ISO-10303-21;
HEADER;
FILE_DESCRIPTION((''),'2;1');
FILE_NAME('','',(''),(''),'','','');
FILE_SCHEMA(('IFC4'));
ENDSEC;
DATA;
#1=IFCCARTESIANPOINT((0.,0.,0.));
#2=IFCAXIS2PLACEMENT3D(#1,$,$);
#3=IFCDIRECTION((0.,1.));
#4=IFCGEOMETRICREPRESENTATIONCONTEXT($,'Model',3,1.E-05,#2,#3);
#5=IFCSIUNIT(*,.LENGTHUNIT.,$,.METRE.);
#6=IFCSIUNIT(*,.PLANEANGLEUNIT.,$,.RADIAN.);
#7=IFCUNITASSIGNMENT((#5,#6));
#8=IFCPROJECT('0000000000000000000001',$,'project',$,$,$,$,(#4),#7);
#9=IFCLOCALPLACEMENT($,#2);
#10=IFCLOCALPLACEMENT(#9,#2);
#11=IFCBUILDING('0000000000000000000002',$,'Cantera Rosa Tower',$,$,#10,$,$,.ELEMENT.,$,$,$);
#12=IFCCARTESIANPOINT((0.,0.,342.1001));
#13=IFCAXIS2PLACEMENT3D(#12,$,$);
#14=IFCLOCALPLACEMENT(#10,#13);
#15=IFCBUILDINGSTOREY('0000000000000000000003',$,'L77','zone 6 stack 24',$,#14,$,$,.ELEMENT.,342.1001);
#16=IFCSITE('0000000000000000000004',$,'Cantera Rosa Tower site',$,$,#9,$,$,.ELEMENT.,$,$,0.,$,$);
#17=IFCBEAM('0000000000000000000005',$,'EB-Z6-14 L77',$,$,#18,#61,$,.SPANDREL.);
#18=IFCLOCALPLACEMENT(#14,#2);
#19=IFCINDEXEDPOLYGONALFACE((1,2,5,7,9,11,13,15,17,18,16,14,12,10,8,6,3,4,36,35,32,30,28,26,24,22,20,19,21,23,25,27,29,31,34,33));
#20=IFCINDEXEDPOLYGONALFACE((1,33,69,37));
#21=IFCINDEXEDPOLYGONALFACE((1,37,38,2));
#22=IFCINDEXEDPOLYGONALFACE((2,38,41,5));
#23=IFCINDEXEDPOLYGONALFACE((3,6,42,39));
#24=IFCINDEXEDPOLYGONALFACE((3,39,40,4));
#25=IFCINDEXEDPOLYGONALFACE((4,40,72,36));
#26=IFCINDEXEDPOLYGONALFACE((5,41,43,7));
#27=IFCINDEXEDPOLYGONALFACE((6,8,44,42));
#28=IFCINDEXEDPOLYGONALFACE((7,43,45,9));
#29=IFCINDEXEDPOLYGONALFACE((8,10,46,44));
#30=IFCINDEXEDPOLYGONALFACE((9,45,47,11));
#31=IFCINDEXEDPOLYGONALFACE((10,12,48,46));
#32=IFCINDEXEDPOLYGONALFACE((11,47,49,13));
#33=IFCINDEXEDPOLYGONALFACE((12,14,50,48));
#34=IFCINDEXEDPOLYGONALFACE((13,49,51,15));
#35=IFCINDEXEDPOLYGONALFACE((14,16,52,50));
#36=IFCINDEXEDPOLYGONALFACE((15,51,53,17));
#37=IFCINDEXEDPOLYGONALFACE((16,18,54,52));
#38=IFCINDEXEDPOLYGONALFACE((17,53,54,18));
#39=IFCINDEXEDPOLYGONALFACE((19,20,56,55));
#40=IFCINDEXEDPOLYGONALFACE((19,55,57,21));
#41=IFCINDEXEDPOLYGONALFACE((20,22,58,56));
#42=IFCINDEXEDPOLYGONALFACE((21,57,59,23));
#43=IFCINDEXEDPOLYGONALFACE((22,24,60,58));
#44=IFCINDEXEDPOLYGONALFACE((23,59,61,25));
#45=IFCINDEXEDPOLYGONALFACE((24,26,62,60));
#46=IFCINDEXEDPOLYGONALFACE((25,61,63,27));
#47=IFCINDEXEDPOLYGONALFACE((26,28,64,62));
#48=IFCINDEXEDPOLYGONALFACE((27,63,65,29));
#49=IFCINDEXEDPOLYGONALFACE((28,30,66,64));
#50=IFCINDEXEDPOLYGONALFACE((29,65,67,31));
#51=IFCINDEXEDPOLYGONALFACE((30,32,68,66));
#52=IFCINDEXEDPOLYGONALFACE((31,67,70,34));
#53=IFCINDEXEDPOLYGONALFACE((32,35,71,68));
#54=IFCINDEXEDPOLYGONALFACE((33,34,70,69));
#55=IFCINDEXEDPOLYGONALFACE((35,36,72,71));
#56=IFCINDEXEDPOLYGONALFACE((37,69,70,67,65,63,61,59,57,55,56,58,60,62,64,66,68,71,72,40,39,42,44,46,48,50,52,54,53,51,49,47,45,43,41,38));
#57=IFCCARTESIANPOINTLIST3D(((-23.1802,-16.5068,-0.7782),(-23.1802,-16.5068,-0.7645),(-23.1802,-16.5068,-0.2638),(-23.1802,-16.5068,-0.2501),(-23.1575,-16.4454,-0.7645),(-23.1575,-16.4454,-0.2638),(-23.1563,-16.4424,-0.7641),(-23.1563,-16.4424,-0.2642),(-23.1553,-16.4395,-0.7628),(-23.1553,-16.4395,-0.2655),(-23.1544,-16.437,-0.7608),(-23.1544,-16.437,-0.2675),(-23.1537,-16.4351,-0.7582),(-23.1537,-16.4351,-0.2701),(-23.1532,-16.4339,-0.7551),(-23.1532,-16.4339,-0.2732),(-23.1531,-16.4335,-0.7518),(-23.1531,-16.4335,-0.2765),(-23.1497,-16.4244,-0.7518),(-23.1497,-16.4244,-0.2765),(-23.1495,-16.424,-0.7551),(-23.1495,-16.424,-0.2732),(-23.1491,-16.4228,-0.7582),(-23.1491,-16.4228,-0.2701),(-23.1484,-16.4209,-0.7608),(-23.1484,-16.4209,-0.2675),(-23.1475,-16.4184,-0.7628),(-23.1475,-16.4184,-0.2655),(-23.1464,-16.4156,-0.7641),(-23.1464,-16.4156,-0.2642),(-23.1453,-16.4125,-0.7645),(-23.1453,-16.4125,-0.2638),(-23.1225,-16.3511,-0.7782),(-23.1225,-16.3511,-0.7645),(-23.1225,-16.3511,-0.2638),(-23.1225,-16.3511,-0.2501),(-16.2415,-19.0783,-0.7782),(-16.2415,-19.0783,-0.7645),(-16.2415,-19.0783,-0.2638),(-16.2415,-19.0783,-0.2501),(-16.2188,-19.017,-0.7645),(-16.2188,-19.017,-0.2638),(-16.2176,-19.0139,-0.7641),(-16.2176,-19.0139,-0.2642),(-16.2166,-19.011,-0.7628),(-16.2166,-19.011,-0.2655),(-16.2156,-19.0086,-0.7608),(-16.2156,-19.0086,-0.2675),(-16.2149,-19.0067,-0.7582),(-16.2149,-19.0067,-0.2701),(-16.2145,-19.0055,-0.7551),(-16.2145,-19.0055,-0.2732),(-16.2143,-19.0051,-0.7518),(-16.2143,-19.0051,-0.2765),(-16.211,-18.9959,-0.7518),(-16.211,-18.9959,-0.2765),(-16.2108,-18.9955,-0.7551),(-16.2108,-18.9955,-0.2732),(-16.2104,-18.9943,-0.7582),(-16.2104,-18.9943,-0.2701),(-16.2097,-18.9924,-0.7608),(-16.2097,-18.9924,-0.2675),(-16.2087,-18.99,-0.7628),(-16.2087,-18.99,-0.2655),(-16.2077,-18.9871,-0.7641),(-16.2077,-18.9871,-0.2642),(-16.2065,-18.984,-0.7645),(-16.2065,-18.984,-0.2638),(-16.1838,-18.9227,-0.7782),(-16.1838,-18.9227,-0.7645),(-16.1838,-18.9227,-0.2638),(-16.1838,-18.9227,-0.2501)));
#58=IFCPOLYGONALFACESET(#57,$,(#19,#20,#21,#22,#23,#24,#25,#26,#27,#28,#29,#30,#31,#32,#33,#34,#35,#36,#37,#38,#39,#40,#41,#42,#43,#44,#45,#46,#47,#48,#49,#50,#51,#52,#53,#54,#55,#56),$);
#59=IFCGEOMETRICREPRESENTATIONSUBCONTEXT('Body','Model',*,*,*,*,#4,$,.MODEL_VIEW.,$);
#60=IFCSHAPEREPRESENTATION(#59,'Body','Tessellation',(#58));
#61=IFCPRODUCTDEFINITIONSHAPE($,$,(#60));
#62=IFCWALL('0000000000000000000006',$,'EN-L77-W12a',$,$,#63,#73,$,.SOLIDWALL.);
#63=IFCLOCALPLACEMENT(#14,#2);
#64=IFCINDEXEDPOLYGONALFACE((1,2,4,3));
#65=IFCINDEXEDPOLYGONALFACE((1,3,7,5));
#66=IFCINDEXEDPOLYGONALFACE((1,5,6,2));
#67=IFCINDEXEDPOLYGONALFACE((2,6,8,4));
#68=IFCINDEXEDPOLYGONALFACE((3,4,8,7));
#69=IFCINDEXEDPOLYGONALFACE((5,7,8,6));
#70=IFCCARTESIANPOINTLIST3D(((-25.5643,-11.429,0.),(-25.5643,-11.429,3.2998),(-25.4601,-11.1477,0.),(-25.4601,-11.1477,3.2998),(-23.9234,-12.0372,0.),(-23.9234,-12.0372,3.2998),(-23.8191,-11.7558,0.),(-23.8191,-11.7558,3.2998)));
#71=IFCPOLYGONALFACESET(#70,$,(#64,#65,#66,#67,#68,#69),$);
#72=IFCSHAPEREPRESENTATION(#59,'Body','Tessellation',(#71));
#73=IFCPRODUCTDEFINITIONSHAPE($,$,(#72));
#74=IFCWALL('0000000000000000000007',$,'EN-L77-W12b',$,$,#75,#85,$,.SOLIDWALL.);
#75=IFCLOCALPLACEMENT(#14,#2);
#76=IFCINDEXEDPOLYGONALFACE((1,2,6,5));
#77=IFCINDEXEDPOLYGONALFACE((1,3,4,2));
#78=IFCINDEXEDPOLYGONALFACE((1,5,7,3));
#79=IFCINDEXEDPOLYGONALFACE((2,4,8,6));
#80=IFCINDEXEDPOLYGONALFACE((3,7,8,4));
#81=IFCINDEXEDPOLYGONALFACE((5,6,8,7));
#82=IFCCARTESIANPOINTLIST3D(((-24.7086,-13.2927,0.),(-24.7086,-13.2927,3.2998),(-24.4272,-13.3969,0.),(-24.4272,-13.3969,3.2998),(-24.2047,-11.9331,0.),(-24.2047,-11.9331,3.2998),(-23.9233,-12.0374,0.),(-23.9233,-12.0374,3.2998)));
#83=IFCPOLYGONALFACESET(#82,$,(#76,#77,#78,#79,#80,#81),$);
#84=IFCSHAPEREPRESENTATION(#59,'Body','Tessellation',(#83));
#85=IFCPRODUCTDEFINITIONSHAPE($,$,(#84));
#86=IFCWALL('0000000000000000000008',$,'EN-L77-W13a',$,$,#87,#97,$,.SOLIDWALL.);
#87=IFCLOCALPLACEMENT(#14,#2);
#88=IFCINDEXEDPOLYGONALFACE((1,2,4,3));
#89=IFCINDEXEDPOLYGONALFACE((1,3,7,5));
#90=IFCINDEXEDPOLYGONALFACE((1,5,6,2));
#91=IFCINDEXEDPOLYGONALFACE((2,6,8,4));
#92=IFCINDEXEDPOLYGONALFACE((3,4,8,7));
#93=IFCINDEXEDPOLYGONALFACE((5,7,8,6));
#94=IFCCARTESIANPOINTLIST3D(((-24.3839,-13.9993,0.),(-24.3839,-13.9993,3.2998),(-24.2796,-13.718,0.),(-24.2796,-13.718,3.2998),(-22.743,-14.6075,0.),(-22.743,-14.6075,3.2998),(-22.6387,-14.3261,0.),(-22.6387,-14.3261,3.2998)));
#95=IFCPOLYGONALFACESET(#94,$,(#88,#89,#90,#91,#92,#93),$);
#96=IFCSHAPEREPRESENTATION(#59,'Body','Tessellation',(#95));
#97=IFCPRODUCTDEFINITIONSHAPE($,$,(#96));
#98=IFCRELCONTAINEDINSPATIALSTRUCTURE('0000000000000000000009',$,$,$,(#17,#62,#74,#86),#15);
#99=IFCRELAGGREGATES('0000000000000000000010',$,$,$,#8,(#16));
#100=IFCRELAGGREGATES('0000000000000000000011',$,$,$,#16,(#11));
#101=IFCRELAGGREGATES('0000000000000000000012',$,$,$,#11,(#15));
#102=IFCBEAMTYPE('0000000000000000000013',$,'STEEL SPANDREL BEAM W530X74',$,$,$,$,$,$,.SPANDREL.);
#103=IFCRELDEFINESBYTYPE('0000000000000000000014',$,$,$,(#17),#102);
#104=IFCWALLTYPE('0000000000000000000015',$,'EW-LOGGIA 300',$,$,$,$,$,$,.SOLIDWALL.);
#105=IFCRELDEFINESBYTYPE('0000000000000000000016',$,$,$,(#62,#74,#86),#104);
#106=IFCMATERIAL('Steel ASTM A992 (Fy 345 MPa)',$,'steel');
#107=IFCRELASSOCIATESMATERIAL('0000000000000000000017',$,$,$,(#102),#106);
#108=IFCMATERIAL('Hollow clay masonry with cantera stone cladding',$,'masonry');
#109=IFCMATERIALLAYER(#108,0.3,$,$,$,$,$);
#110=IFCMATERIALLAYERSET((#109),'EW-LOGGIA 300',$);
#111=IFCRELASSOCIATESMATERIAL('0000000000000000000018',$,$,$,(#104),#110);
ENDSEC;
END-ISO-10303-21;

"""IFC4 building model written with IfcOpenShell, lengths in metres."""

from ifc_helpers import new_model, si_unit, direction, frame, frame_2d, origin, origin_2d, place, context, subcontext, project, spatial, rectangle, i_section, extrude, material, layer, layer_set, material_profile, profile_set, type_object, element, save


model = new_model("IFC4")

# Units and contexts
model_context = context("Model", 3, precision=1e-05, world=origin(), true_north=direction((0.0, 1.0)))
body_context = subcontext(model_context, "Body", "Model", "MODEL_VIEW")
ifc_project = project(units=[si_unit("LENGTHUNIT", "METRE"), si_unit("PLANEANGLEUNIT", "RADIAN")], contexts=[model_context])

# Site, building, storey
site_placement = place(None, origin())
site = spatial("IfcSite", under=ifc_project, at=site_placement, Name="Cantera Rosa Tower site", CompositionType="ELEMENT", RefElevation=0.0)
building_placement = place(site_placement, origin())
building = spatial("IfcBuilding", under=site, at=building_placement, Name="Cantera Rosa Tower", CompositionType="ELEMENT")
storey_placement = place(building_placement, frame((0.0, 0.0, 342.1001)))
storey = spatial("IfcBuildingStorey", under=building, at=storey_placement, Name="L77", Description="zone 6 stack 24", CompositionType="ELEMENT", Elevation=342.1001)

# Beam
ifc_material_1 = material(Name="Steel ASTM A992 (Fy 345 MPa)", Category="steel")
ifc_material_profile_1 = material_profile(ifc_material_1, i_section(OverallWidth=0.166, OverallDepth=0.5281, WebThickness=0.0098, FlangeThickness=0.0137, FilletRadius=0.0127, at=origin_2d()), Name="W530X74")
ifc_profile_set_1 = profile_set([ifc_material_profile_1], Name="Steel ASTM A992 (Fy 345 MPa)")
beam_type_1 = type_object("IfcBeamType", Name="STEEL SPANDREL BEAM W530X74", PredefinedType="SPANDREL", material=ifc_profile_set_1)
beam_1_placement = place(storey_placement, frame((-23.1514, -16.429, -0.5142), z_axis=(0.937677, -0.347509, 0.0), x_axis=(0.347509, 0.937677, 0.0)))
element("IfcBeam", 1, at=beam_1_placement, inside=storey, type_object=beam_type_1, Name="EB-Z6-14 L77", PredefinedType="SPANDREL", context=body_context, shape_type="SweptSolid", body=[
    extrude(i_section(OverallWidth=0.166, OverallDepth=0.5281, WebThickness=0.0098, FlangeThickness=0.0137, FilletRadius=0.0127, at=origin_2d()), origin(), (0.0, 0.0, 1.0), 7.3999),
])

# Walls
ifc_material_2 = material(Name="Hollow clay masonry with cantera stone cladding", Category="masonry")
ifc_layer_1 = layer(ifc_material_2, 0.3)
ifc_layer_set_1 = layer_set([ifc_layer_1], Name="EW-LOGGIA 300")
wall_type_1 = type_object("IfcWallType", Name="EW-LOGGIA 300", PredefinedType="SOLIDWALL", material=ifc_layer_set_1)
wall_1_placement = place(storey_placement, frame((-25.5122, -11.2883, 0.0), z_axis=(0.0, 0.0, 1.0), x_axis=(0.93767, -0.347528, 0.0)))
element("IfcWall", 2, at=wall_1_placement, inside=storey, type_object=wall_type_1, Name="EN-L77-W12a", PredefinedType="SOLIDWALL", context=body_context, shape_type="SweptSolid", body=[
    extrude(rectangle(XDim=1.75, YDim=0.3, at=frame_2d((0.875, 0.0))), origin(), (0.0, 0.0, 1.0), 3.2998),
])
wall_2_placement = place(storey_placement, frame((-24.064, -11.9851, 0.0), z_axis=(0.0, 0.0, 1.0), x_axis=(-0.347523, -0.937672, 0.0)))
element("IfcWall", 3, at=wall_2_placement, inside=storey, type_object=wall_type_1, Name="EN-L77-W12b", PredefinedType="SOLIDWALL", context=body_context, shape_type="SweptSolid", body=[
    extrude(rectangle(XDim=1.45, YDim=0.3, at=frame_2d((0.7251, 0.0))), origin(), (0.0, 0.0, 1.0), 3.2998),
])
wall_3_placement = place(storey_placement, frame((-24.3318, -13.8586, 0.0), z_axis=(0.0, 0.0, 1.0), x_axis=(0.93767, -0.347528, 0.0)))
element("IfcWall", 4, at=wall_3_placement, inside=storey, type_object=wall_type_1, Name="EN-L77-W13a", PredefinedType="SOLIDWALL", context=body_context, shape_type="SweptSolid", body=[
    extrude(rectangle(XDim=1.75, YDim=0.3, at=frame_2d((0.875, 0.0))), origin(), (0.0, 0.0, 1.0), 3.2998),
])

save(model, "model.ifc")
